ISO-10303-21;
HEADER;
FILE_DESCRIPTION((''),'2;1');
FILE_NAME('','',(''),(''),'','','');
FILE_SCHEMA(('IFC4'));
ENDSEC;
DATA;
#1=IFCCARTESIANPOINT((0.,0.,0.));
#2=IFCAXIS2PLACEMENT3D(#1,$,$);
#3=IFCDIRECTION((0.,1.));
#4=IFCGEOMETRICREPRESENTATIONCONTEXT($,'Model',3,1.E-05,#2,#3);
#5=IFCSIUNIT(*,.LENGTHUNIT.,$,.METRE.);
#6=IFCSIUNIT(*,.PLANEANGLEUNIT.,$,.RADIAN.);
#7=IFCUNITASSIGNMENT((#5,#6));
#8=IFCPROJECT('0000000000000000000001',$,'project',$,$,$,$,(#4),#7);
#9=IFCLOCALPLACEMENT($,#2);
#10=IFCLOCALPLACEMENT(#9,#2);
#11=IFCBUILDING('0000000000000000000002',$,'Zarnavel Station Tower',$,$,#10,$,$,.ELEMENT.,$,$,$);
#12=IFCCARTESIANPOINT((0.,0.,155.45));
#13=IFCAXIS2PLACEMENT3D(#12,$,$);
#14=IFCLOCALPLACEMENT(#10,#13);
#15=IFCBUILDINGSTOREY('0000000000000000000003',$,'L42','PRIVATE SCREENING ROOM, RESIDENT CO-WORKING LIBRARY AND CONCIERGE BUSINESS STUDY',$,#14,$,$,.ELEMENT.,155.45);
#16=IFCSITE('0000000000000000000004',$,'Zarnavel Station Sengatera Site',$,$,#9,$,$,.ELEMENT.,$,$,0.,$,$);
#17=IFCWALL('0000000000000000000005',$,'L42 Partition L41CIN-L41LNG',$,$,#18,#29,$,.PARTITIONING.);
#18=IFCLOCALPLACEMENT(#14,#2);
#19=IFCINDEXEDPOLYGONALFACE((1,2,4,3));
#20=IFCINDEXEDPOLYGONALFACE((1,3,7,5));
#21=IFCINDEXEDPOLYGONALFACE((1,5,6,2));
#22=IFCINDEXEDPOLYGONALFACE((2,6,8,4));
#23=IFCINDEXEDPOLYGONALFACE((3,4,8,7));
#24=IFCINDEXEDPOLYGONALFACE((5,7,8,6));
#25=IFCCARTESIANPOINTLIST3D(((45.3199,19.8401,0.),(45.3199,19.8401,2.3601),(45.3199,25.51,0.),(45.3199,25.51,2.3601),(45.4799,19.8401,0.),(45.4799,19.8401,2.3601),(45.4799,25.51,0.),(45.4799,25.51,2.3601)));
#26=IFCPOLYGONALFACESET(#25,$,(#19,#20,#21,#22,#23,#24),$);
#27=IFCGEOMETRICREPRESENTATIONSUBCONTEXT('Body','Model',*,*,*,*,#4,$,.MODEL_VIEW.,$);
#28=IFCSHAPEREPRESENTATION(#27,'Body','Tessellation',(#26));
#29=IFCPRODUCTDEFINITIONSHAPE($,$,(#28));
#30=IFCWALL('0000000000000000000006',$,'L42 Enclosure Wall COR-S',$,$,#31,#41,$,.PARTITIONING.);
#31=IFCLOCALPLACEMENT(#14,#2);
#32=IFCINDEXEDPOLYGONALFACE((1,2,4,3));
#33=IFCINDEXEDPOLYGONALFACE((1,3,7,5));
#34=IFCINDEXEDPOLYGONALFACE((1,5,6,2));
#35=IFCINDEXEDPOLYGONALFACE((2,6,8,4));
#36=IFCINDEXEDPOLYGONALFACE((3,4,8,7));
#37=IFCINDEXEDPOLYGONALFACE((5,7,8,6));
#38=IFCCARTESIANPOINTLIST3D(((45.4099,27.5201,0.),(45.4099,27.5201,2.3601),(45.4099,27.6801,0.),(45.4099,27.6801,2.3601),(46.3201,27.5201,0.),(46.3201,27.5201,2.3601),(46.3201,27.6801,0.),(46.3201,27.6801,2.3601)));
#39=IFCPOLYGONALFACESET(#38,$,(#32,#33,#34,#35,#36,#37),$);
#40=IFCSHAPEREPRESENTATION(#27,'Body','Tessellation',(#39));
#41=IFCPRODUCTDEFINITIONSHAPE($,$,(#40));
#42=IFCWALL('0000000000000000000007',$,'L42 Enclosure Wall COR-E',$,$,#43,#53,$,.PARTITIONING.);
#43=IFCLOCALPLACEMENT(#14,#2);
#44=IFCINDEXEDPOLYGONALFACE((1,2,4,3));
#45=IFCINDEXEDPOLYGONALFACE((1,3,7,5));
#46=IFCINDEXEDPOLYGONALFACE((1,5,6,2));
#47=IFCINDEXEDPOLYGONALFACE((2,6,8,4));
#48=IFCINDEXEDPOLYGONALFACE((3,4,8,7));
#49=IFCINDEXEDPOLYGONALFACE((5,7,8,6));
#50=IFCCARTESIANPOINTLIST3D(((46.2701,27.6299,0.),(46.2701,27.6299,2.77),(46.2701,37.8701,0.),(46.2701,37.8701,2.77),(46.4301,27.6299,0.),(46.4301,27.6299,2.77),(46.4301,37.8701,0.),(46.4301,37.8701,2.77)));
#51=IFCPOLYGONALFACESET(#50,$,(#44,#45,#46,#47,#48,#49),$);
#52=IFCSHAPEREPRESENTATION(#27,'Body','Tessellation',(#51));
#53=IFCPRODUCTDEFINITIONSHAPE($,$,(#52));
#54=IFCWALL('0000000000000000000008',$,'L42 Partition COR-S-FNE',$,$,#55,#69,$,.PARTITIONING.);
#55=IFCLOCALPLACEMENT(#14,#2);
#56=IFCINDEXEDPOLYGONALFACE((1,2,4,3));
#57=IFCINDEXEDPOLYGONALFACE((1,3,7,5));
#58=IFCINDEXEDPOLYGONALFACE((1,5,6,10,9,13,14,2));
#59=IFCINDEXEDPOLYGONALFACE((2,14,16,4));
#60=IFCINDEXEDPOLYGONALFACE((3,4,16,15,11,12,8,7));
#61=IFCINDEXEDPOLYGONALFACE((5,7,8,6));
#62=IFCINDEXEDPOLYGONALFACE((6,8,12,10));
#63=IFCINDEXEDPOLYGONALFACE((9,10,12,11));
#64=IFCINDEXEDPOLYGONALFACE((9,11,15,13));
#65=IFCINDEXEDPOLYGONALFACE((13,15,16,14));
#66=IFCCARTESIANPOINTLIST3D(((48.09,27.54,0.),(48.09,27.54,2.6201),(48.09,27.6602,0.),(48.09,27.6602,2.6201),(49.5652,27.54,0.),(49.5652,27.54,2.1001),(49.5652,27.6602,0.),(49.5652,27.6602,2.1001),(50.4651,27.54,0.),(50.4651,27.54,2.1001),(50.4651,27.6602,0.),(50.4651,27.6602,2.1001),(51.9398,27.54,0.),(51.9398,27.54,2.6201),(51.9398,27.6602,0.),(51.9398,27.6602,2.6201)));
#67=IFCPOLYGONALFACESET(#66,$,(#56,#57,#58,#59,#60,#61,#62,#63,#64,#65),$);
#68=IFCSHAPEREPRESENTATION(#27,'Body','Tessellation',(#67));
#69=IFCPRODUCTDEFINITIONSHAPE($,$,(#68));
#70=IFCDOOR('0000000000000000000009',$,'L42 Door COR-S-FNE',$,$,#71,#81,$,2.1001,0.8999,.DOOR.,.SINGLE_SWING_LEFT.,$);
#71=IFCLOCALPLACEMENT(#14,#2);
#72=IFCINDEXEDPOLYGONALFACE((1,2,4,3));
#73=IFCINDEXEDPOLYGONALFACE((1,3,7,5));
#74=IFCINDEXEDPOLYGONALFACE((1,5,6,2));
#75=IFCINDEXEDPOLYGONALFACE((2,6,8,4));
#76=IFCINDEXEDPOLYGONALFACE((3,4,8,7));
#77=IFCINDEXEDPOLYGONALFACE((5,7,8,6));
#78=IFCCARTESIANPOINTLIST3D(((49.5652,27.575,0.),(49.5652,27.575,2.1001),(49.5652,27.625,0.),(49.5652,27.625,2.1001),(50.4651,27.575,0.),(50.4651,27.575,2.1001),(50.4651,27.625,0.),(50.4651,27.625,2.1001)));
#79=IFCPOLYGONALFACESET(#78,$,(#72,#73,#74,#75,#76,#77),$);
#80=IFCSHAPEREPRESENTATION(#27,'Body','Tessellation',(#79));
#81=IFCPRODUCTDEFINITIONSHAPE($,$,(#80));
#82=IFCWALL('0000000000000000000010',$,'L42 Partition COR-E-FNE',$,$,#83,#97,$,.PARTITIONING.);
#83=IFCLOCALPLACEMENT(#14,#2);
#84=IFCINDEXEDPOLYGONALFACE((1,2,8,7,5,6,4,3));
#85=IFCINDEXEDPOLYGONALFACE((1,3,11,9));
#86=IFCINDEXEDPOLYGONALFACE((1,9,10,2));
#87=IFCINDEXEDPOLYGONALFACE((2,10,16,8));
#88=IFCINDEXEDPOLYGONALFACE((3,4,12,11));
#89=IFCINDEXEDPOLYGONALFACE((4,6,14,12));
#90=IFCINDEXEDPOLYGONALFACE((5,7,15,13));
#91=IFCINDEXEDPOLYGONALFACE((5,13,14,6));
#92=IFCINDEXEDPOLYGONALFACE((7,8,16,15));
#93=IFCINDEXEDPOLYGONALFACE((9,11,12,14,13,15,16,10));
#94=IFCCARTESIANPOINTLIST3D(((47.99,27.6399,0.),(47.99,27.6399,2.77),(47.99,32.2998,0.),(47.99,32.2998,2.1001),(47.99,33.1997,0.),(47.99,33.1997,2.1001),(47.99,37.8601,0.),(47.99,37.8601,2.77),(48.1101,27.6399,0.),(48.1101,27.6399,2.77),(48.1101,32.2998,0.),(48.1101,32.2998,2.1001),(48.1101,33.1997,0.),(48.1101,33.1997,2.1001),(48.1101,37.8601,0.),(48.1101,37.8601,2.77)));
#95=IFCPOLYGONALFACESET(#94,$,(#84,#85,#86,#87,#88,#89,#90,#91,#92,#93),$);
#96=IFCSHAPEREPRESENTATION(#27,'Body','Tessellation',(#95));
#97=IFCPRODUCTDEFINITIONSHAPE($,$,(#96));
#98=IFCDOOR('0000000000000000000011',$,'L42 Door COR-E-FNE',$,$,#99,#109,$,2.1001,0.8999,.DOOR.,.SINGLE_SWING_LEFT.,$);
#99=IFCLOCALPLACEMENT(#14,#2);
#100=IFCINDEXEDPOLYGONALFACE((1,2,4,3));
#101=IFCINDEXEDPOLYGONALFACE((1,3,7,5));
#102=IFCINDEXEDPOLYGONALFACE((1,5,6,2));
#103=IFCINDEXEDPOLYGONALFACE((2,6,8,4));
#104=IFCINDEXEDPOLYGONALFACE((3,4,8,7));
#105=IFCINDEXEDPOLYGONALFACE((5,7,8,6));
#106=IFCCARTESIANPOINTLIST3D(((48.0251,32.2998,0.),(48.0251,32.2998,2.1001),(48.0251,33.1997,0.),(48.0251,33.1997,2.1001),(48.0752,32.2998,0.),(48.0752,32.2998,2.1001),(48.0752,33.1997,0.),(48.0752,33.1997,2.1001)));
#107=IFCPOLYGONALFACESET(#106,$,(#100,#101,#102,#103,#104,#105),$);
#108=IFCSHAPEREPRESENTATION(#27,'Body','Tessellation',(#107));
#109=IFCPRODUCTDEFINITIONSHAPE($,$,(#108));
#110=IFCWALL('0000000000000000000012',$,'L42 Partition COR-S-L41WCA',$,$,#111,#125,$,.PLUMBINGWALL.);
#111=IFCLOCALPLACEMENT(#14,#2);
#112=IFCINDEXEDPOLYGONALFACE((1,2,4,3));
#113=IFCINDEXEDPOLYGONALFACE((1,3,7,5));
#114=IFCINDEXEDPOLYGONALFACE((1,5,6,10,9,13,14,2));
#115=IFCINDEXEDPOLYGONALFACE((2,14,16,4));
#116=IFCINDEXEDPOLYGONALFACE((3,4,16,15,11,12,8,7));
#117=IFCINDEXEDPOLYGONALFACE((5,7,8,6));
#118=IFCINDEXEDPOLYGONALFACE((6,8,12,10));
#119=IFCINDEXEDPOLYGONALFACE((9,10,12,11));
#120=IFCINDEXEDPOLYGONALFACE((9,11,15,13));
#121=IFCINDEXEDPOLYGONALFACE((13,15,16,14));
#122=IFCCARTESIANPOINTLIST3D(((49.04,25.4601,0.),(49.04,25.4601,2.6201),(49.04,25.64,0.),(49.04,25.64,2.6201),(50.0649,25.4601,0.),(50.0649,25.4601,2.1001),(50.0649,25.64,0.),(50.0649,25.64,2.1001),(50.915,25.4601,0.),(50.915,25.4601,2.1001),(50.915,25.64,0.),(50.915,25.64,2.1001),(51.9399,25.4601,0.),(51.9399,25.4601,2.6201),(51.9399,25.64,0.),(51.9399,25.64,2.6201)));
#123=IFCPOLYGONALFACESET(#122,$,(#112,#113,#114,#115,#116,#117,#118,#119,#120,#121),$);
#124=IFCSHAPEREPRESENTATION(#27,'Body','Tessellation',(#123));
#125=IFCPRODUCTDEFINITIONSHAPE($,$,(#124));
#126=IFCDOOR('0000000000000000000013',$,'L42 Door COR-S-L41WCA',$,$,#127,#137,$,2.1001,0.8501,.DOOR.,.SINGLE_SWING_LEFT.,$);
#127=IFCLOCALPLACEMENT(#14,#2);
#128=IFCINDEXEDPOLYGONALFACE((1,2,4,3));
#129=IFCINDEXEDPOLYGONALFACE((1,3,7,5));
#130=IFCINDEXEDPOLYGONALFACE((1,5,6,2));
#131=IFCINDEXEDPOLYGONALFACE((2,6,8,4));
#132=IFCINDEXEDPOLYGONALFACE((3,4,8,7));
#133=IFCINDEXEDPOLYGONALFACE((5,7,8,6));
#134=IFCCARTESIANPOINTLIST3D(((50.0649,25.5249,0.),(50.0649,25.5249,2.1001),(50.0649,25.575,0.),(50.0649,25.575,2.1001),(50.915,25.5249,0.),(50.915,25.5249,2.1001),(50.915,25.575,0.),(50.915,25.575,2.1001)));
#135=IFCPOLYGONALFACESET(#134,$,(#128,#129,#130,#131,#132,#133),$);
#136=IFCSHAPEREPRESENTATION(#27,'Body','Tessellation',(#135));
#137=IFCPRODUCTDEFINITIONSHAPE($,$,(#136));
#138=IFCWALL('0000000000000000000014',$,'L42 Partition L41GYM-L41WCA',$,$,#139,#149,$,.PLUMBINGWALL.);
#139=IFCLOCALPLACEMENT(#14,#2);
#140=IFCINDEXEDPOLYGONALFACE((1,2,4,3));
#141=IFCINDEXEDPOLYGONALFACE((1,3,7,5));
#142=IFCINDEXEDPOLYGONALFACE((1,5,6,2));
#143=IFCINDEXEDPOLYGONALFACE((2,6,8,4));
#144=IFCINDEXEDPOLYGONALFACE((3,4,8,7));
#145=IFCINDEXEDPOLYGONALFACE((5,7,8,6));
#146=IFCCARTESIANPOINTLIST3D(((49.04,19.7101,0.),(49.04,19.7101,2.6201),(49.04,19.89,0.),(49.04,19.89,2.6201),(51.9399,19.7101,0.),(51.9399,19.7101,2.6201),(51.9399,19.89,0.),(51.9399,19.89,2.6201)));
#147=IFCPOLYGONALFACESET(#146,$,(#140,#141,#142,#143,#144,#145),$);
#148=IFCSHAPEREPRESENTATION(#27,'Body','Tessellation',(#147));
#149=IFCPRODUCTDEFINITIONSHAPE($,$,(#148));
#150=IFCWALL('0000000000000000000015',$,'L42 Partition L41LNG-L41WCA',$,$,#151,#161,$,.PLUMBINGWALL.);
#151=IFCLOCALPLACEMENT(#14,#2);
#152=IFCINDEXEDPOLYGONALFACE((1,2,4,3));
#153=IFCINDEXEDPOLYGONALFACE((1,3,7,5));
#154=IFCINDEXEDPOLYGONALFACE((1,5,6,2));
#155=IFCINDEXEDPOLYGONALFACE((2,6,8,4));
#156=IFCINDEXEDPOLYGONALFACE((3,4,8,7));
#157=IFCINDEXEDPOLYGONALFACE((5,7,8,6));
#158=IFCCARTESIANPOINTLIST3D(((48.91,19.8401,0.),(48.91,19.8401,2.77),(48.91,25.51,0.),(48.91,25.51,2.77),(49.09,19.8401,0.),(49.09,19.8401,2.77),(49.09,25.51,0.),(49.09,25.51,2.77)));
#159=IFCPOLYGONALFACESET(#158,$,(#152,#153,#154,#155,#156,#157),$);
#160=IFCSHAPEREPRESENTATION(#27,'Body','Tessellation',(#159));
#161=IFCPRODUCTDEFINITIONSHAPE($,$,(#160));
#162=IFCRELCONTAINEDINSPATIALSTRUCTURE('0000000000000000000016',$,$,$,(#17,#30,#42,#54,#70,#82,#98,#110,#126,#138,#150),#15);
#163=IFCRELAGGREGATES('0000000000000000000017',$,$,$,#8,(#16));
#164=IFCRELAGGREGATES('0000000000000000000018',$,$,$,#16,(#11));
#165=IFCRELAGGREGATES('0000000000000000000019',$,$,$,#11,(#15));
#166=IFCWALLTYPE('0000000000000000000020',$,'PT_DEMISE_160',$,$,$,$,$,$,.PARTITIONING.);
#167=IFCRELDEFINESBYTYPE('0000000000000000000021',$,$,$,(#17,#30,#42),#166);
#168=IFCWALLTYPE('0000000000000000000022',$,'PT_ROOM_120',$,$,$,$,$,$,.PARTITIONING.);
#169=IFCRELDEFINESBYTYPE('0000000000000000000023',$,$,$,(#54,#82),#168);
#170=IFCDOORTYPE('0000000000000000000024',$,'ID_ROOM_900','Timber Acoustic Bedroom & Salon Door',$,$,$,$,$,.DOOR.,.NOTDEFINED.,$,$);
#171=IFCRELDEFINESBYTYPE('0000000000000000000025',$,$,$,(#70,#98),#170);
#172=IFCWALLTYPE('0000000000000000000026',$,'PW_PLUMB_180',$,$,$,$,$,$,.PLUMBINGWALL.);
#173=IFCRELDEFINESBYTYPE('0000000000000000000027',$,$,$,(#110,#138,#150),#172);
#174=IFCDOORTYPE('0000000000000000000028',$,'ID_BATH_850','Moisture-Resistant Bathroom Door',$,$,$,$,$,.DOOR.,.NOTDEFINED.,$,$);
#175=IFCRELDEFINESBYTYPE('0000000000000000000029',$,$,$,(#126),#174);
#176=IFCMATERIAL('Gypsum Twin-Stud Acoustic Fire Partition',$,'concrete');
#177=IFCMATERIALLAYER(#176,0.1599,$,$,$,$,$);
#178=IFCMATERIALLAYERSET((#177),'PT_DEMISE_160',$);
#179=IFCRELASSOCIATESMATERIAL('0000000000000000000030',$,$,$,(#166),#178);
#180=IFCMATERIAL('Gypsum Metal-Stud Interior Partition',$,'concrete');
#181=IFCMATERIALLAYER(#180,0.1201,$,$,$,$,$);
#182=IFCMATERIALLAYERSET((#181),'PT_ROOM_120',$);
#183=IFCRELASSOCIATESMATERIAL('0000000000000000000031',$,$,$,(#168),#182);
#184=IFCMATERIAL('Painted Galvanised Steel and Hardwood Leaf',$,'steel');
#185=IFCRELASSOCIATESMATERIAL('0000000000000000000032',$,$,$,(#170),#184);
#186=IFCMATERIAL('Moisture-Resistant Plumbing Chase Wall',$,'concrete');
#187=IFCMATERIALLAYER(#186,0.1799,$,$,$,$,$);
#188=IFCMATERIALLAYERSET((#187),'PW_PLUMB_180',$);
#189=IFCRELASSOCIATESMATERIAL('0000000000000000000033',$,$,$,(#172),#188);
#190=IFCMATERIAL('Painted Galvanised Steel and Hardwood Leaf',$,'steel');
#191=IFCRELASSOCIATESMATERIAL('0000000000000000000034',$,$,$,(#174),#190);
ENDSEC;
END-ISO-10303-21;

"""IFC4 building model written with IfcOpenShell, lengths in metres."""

from ifc_helpers import new_model, si_unit, direction, frame, frame_2d, origin, place, context, subcontext, project, spatial, rectangle, extrude, material, layer, layer_set, type_object, element, fill, save


model = new_model("IFC4")

# Units and contexts
model_context = context("Model", 3, precision=1e-05, world=origin(), true_north=direction((0.0, 1.0)))
body_context = subcontext(model_context, "Body", "Model", "MODEL_VIEW")
ifc_project = project(units=[si_unit("LENGTHUNIT", "METRE"), si_unit("PLANEANGLEUNIT", "RADIAN")], contexts=[model_context])

# Site, building, storey
site_placement = place(None, origin())
site = spatial("IfcSite", under=ifc_project, at=site_placement, Name="Zarnavel Station Sengatera Site", CompositionType="ELEMENT", RefElevation=0.0)
building_placement = place(site_placement, origin())
building = spatial("IfcBuilding", under=site, at=building_placement, Name="Zarnavel Station Tower", CompositionType="ELEMENT")
storey_placement = place(building_placement, frame((0.0, 0.0, 155.45)))
storey = spatial("IfcBuildingStorey", under=building, at=storey_placement, Name="L42", Description="PRIVATE SCREENING ROOM, RESIDENT CO-WORKING LIBRARY AND CONCIERGE BUSINESS STUDY", CompositionType="ELEMENT", Elevation=155.45)

# Shared definitions
ifc_material_1 = material(Name="Gypsum Twin-Stud Acoustic Fire Partition", Category="concrete")
ifc_layer_1 = layer(ifc_material_1, 0.1599)
ifc_layer_set_1 = layer_set([ifc_layer_1], Name="PT_DEMISE_160")
wall_type_1 = type_object("IfcWallType", Name="PT_DEMISE_160", PredefinedType="PARTITIONING", material=ifc_layer_set_1)

# Walls
wall_1_placement = place(storey_placement, frame((45.3999, 19.8401, 0.0), z_axis=(0.0, 0.0, 1.0), x_axis=(0.0, 1.0, 0.0)))
element("IfcWall", 1, at=wall_1_placement, inside=storey, type_object=wall_type_1, Name="L42 Partition L41CIN-L41LNG", PredefinedType="PARTITIONING", context=body_context, shape_type="SweptSolid", body=[
    extrude(rectangle(XDim=5.6699, YDim=0.1599, at=frame_2d((2.835, 0.0))), origin(), (0.0, 0.0, 1.0), 2.3601),
])
wall_2_placement = place(storey_placement, frame((45.4099, 27.6001, 0.0), z_axis=(0.0, 0.0, 1.0), x_axis=(1.0, 0.0, 0.0)))
element("IfcWall", 2, at=wall_2_placement, inside=storey, type_object=wall_type_1, Name="L42 Enclosure Wall COR-S", PredefinedType="PARTITIONING", context=body_context, shape_type="SweptSolid", body=[
    extrude(rectangle(XDim=0.9102, YDim=0.1599, at=frame_2d((0.4551, 0.0))), origin(), (0.0, 0.0, 1.0), 2.3601),
])
wall_3_placement = place(storey_placement, frame((46.3501, 27.6299, 0.0), z_axis=(0.0, 0.0, 1.0), x_axis=(0.0, 1.0, 0.0)))
element("IfcWall", 3, at=wall_3_placement, inside=storey, type_object=wall_type_1, Name="L42 Enclosure Wall COR-E", PredefinedType="PARTITIONING", context=body_context, shape_type="SweptSolid", body=[
    extrude(rectangle(XDim=10.2402, YDim=0.1599, at=frame_2d((5.1201, 0.0))), origin(), (0.0, 0.0, 1.0), 2.77),
])

# Walls, openings, doors
ifc_material_2 = material(Name="Gypsum Metal-Stud Interior Partition", Category="concrete")
ifc_layer_2 = layer(ifc_material_2, 0.1201)
ifc_layer_set_2 = layer_set([ifc_layer_2], Name="PT_ROOM_120")
wall_type_2 = type_object("IfcWallType", Name="PT_ROOM_120", PredefinedType="PARTITIONING", material=ifc_layer_set_2)
wall_4_placement = place(storey_placement, frame((48.0901, 27.6001, 0.0), z_axis=(0.0, 0.0, 1.0), x_axis=(1.0, 0.0, 0.0)))
wall_4 = element("IfcWall", 4, at=wall_4_placement, inside=storey, type_object=wall_type_2, Name="L42 Partition COR-S-FNE", PredefinedType="PARTITIONING", context=body_context, shape_type="SweptSolid", body=[
    extrude(rectangle(XDim=3.8499, YDim=0.1201, at=frame_2d((1.9248, 0.0))), origin(), (0.0, 0.0, 1.0), 2.6201),
])
opening_1_placement = place(wall_4_placement, frame((1.4751, 0.0, 0.0)))
opening_1 = element("IfcOpeningElement", 5, at=opening_1_placement, cuts=wall_4, PredefinedType="OPENING", context=body_context, shape_type="SweptSolid", body=[
    extrude(rectangle(XDim=0.8999, YDim=2.1001, at=frame_2d((0.45, 1.05))), frame((0.0, 0.0701, 0.0), z_axis=(0.0, -1.0, 0.0), x_axis=(1.0, 0.0, 0.0)), (0.0, 0.0, 1.0), 0.1401),
])
ifc_material_3 = material(Name="Painted Galvanised Steel and Hardwood Leaf", Category="steel")
door_type_1 = type_object("IfcDoorType", Name="ID_ROOM_900", Description="Timber Acoustic Bedroom & Salon Door", OperationType="NOTDEFINED", PredefinedType="DOOR", material=ifc_material_3)
door_1_placement = place(opening_1_placement, origin())
door_1 = element("IfcDoor", 6, at=door_1_placement, inside=storey, type_object=door_type_1, Name="L42 Door COR-S-FNE", OperationType="SINGLE_SWING_LEFT", OverallHeight=2.1001, OverallWidth=0.8999, PredefinedType="DOOR", context=body_context, shape_type="SweptSolid", body=[
    extrude(rectangle(XDim=0.8999, YDim=2.1001, at=frame_2d((0.45, 1.05))), frame((0.0, 0.0249, 0.0), z_axis=(0.0, -1.0, 0.0), x_axis=(1.0, 0.0, 0.0)), (0.0, 0.0, 1.0), 0.05),
])
fill(opening_1, door_1)
wall_5_placement = place(storey_placement, frame((48.05, 27.6399, 0.0), z_axis=(0.0, 0.0, 1.0), x_axis=(0.0, 1.0, 0.0)))
wall_5 = element("IfcWall", 7, at=wall_5_placement, inside=storey, type_object=wall_type_2, Name="L42 Partition COR-E-FNE", PredefinedType="PARTITIONING", context=body_context, shape_type="SweptSolid", body=[
    extrude(rectangle(XDim=10.2202, YDim=0.1201, at=frame_2d((5.1101, 0.0))), origin(), (0.0, 0.0, 1.0), 2.77),
])
opening_2_placement = place(wall_5_placement, frame((4.6599, 0.0, 0.0)))
opening_2 = element("IfcOpeningElement", 8, at=opening_2_placement, cuts=wall_5, PredefinedType="OPENING", context=body_context, shape_type="SweptSolid", body=[
    extrude(rectangle(XDim=0.8999, YDim=2.1001, at=frame_2d((0.45, 1.05))), frame((0.0, 0.0701, 0.0), z_axis=(0.0, -1.0, 0.0), x_axis=(1.0, 0.0, 0.0)), (0.0, 0.0, 1.0), 0.1401),
])
door_2_placement = place(opening_2_placement, origin())
door_2 = element("IfcDoor", 9, at=door_2_placement, inside=storey, type_object=door_type_1, Name="L42 Door COR-E-FNE", OperationType="SINGLE_SWING_LEFT", OverallHeight=2.1001, OverallWidth=0.8999, PredefinedType="DOOR", context=body_context, shape_type="SweptSolid", body=[
    extrude(rectangle(XDim=0.8999, YDim=2.1001, at=frame_2d((0.45, 1.05))), frame((0.0, 0.0249, 0.0), z_axis=(0.0, -1.0, 0.0), x_axis=(1.0, 0.0, 0.0)), (0.0, 0.0, 1.0), 0.05),
])
fill(opening_2, door_2)
ifc_material_4 = material(Name="Moisture-Resistant Plumbing Chase Wall", Category="concrete")
ifc_layer_3 = layer(ifc_material_4, 0.1799)
ifc_layer_set_3 = layer_set([ifc_layer_3], Name="PW_PLUMB_180")
wall_type_3 = type_object("IfcWallType", Name="PW_PLUMB_180", PredefinedType="PLUMBINGWALL", material=ifc_layer_set_3)
wall_6_placement = place(storey_placement, frame((49.04, 25.55, 0.0), z_axis=(0.0, 0.0, 1.0), x_axis=(1.0, 0.0, 0.0)))
wall_6 = element("IfcWall", 10, at=wall_6_placement, inside=storey, type_object=wall_type_3, Name="L42 Partition COR-S-L41WCA", PredefinedType="PLUMBINGWALL", context=body_context, shape_type="SweptSolid", body=[
    extrude(rectangle(XDim=2.8999, YDim=0.1799, at=frame_2d((1.45, 0.0))), origin(), (0.0, 0.0, 1.0), 2.6201),
])
opening_3_placement = place(wall_6_placement, frame((1.0249, 0.0, 0.0)))
opening_3 = element("IfcOpeningElement", 11, at=opening_3_placement, cuts=wall_6, PredefinedType="OPENING", context=body_context, shape_type="SweptSolid", body=[
    extrude(rectangle(XDim=0.8501, YDim=2.1001, at=frame_2d((0.425, 1.05))), frame((0.0, 0.0999, 0.0), z_axis=(0.0, -1.0, 0.0), x_axis=(1.0, 0.0, 0.0)), (0.0, 0.0, 1.0), 0.2),
])
ifc_material_5 = material(Name="Painted Galvanised Steel and Hardwood Leaf", Category="steel")
door_type_2 = type_object("IfcDoorType", Name="ID_BATH_850", Description="Moisture-Resistant Bathroom Door", OperationType="NOTDEFINED", PredefinedType="DOOR", material=ifc_material_5)
door_3_placement = place(opening_3_placement, origin())
door_3 = element("IfcDoor", 12, at=door_3_placement, inside=storey, type_object=door_type_2, Name="L42 Door COR-S-L41WCA", OperationType="SINGLE_SWING_LEFT", OverallHeight=2.1001, OverallWidth=0.8501, PredefinedType="DOOR", context=body_context, shape_type="SweptSolid", body=[
    extrude(rectangle(XDim=0.8501, YDim=2.1001, at=frame_2d((0.425, 1.05))), frame((0.0, 0.0249, 0.0), z_axis=(0.0, -1.0, 0.0), x_axis=(1.0, 0.0, 0.0)), (0.0, 0.0, 1.0), 0.05),
])
fill(opening_3, door_3)

# Walls
wall_7_placement = place(storey_placement, frame((49.04, 19.8, 0.0), z_axis=(0.0, 0.0, 1.0), x_axis=(1.0, 0.0, 0.0)))
element("IfcWall", 13, at=wall_7_placement, inside=storey, type_object=wall_type_3, Name="L42 Partition L41GYM-L41WCA", PredefinedType="PLUMBINGWALL", context=body_context, shape_type="SweptSolid", body=[
    extrude(rectangle(XDim=2.8999, YDim=0.1799, at=frame_2d((1.45, 0.0))), origin(), (0.0, 0.0, 1.0), 2.6201),
])
wall_8_placement = place(storey_placement, frame((49.0, 19.8401, 0.0), z_axis=(0.0, 0.0, 1.0), x_axis=(0.0, 1.0, 0.0)))
element("IfcWall", 14, at=wall_8_placement, inside=storey, type_object=wall_type_3, Name="L42 Partition L41LNG-L41WCA", PredefinedType="PLUMBINGWALL", context=body_context, shape_type="SweptSolid", body=[
    extrude(rectangle(XDim=5.6699, YDim=0.1799, at=frame_2d((2.835, 0.0))), origin(), (0.0, 0.0, 1.0), 2.77),
])

save(model, "model.ifc")
